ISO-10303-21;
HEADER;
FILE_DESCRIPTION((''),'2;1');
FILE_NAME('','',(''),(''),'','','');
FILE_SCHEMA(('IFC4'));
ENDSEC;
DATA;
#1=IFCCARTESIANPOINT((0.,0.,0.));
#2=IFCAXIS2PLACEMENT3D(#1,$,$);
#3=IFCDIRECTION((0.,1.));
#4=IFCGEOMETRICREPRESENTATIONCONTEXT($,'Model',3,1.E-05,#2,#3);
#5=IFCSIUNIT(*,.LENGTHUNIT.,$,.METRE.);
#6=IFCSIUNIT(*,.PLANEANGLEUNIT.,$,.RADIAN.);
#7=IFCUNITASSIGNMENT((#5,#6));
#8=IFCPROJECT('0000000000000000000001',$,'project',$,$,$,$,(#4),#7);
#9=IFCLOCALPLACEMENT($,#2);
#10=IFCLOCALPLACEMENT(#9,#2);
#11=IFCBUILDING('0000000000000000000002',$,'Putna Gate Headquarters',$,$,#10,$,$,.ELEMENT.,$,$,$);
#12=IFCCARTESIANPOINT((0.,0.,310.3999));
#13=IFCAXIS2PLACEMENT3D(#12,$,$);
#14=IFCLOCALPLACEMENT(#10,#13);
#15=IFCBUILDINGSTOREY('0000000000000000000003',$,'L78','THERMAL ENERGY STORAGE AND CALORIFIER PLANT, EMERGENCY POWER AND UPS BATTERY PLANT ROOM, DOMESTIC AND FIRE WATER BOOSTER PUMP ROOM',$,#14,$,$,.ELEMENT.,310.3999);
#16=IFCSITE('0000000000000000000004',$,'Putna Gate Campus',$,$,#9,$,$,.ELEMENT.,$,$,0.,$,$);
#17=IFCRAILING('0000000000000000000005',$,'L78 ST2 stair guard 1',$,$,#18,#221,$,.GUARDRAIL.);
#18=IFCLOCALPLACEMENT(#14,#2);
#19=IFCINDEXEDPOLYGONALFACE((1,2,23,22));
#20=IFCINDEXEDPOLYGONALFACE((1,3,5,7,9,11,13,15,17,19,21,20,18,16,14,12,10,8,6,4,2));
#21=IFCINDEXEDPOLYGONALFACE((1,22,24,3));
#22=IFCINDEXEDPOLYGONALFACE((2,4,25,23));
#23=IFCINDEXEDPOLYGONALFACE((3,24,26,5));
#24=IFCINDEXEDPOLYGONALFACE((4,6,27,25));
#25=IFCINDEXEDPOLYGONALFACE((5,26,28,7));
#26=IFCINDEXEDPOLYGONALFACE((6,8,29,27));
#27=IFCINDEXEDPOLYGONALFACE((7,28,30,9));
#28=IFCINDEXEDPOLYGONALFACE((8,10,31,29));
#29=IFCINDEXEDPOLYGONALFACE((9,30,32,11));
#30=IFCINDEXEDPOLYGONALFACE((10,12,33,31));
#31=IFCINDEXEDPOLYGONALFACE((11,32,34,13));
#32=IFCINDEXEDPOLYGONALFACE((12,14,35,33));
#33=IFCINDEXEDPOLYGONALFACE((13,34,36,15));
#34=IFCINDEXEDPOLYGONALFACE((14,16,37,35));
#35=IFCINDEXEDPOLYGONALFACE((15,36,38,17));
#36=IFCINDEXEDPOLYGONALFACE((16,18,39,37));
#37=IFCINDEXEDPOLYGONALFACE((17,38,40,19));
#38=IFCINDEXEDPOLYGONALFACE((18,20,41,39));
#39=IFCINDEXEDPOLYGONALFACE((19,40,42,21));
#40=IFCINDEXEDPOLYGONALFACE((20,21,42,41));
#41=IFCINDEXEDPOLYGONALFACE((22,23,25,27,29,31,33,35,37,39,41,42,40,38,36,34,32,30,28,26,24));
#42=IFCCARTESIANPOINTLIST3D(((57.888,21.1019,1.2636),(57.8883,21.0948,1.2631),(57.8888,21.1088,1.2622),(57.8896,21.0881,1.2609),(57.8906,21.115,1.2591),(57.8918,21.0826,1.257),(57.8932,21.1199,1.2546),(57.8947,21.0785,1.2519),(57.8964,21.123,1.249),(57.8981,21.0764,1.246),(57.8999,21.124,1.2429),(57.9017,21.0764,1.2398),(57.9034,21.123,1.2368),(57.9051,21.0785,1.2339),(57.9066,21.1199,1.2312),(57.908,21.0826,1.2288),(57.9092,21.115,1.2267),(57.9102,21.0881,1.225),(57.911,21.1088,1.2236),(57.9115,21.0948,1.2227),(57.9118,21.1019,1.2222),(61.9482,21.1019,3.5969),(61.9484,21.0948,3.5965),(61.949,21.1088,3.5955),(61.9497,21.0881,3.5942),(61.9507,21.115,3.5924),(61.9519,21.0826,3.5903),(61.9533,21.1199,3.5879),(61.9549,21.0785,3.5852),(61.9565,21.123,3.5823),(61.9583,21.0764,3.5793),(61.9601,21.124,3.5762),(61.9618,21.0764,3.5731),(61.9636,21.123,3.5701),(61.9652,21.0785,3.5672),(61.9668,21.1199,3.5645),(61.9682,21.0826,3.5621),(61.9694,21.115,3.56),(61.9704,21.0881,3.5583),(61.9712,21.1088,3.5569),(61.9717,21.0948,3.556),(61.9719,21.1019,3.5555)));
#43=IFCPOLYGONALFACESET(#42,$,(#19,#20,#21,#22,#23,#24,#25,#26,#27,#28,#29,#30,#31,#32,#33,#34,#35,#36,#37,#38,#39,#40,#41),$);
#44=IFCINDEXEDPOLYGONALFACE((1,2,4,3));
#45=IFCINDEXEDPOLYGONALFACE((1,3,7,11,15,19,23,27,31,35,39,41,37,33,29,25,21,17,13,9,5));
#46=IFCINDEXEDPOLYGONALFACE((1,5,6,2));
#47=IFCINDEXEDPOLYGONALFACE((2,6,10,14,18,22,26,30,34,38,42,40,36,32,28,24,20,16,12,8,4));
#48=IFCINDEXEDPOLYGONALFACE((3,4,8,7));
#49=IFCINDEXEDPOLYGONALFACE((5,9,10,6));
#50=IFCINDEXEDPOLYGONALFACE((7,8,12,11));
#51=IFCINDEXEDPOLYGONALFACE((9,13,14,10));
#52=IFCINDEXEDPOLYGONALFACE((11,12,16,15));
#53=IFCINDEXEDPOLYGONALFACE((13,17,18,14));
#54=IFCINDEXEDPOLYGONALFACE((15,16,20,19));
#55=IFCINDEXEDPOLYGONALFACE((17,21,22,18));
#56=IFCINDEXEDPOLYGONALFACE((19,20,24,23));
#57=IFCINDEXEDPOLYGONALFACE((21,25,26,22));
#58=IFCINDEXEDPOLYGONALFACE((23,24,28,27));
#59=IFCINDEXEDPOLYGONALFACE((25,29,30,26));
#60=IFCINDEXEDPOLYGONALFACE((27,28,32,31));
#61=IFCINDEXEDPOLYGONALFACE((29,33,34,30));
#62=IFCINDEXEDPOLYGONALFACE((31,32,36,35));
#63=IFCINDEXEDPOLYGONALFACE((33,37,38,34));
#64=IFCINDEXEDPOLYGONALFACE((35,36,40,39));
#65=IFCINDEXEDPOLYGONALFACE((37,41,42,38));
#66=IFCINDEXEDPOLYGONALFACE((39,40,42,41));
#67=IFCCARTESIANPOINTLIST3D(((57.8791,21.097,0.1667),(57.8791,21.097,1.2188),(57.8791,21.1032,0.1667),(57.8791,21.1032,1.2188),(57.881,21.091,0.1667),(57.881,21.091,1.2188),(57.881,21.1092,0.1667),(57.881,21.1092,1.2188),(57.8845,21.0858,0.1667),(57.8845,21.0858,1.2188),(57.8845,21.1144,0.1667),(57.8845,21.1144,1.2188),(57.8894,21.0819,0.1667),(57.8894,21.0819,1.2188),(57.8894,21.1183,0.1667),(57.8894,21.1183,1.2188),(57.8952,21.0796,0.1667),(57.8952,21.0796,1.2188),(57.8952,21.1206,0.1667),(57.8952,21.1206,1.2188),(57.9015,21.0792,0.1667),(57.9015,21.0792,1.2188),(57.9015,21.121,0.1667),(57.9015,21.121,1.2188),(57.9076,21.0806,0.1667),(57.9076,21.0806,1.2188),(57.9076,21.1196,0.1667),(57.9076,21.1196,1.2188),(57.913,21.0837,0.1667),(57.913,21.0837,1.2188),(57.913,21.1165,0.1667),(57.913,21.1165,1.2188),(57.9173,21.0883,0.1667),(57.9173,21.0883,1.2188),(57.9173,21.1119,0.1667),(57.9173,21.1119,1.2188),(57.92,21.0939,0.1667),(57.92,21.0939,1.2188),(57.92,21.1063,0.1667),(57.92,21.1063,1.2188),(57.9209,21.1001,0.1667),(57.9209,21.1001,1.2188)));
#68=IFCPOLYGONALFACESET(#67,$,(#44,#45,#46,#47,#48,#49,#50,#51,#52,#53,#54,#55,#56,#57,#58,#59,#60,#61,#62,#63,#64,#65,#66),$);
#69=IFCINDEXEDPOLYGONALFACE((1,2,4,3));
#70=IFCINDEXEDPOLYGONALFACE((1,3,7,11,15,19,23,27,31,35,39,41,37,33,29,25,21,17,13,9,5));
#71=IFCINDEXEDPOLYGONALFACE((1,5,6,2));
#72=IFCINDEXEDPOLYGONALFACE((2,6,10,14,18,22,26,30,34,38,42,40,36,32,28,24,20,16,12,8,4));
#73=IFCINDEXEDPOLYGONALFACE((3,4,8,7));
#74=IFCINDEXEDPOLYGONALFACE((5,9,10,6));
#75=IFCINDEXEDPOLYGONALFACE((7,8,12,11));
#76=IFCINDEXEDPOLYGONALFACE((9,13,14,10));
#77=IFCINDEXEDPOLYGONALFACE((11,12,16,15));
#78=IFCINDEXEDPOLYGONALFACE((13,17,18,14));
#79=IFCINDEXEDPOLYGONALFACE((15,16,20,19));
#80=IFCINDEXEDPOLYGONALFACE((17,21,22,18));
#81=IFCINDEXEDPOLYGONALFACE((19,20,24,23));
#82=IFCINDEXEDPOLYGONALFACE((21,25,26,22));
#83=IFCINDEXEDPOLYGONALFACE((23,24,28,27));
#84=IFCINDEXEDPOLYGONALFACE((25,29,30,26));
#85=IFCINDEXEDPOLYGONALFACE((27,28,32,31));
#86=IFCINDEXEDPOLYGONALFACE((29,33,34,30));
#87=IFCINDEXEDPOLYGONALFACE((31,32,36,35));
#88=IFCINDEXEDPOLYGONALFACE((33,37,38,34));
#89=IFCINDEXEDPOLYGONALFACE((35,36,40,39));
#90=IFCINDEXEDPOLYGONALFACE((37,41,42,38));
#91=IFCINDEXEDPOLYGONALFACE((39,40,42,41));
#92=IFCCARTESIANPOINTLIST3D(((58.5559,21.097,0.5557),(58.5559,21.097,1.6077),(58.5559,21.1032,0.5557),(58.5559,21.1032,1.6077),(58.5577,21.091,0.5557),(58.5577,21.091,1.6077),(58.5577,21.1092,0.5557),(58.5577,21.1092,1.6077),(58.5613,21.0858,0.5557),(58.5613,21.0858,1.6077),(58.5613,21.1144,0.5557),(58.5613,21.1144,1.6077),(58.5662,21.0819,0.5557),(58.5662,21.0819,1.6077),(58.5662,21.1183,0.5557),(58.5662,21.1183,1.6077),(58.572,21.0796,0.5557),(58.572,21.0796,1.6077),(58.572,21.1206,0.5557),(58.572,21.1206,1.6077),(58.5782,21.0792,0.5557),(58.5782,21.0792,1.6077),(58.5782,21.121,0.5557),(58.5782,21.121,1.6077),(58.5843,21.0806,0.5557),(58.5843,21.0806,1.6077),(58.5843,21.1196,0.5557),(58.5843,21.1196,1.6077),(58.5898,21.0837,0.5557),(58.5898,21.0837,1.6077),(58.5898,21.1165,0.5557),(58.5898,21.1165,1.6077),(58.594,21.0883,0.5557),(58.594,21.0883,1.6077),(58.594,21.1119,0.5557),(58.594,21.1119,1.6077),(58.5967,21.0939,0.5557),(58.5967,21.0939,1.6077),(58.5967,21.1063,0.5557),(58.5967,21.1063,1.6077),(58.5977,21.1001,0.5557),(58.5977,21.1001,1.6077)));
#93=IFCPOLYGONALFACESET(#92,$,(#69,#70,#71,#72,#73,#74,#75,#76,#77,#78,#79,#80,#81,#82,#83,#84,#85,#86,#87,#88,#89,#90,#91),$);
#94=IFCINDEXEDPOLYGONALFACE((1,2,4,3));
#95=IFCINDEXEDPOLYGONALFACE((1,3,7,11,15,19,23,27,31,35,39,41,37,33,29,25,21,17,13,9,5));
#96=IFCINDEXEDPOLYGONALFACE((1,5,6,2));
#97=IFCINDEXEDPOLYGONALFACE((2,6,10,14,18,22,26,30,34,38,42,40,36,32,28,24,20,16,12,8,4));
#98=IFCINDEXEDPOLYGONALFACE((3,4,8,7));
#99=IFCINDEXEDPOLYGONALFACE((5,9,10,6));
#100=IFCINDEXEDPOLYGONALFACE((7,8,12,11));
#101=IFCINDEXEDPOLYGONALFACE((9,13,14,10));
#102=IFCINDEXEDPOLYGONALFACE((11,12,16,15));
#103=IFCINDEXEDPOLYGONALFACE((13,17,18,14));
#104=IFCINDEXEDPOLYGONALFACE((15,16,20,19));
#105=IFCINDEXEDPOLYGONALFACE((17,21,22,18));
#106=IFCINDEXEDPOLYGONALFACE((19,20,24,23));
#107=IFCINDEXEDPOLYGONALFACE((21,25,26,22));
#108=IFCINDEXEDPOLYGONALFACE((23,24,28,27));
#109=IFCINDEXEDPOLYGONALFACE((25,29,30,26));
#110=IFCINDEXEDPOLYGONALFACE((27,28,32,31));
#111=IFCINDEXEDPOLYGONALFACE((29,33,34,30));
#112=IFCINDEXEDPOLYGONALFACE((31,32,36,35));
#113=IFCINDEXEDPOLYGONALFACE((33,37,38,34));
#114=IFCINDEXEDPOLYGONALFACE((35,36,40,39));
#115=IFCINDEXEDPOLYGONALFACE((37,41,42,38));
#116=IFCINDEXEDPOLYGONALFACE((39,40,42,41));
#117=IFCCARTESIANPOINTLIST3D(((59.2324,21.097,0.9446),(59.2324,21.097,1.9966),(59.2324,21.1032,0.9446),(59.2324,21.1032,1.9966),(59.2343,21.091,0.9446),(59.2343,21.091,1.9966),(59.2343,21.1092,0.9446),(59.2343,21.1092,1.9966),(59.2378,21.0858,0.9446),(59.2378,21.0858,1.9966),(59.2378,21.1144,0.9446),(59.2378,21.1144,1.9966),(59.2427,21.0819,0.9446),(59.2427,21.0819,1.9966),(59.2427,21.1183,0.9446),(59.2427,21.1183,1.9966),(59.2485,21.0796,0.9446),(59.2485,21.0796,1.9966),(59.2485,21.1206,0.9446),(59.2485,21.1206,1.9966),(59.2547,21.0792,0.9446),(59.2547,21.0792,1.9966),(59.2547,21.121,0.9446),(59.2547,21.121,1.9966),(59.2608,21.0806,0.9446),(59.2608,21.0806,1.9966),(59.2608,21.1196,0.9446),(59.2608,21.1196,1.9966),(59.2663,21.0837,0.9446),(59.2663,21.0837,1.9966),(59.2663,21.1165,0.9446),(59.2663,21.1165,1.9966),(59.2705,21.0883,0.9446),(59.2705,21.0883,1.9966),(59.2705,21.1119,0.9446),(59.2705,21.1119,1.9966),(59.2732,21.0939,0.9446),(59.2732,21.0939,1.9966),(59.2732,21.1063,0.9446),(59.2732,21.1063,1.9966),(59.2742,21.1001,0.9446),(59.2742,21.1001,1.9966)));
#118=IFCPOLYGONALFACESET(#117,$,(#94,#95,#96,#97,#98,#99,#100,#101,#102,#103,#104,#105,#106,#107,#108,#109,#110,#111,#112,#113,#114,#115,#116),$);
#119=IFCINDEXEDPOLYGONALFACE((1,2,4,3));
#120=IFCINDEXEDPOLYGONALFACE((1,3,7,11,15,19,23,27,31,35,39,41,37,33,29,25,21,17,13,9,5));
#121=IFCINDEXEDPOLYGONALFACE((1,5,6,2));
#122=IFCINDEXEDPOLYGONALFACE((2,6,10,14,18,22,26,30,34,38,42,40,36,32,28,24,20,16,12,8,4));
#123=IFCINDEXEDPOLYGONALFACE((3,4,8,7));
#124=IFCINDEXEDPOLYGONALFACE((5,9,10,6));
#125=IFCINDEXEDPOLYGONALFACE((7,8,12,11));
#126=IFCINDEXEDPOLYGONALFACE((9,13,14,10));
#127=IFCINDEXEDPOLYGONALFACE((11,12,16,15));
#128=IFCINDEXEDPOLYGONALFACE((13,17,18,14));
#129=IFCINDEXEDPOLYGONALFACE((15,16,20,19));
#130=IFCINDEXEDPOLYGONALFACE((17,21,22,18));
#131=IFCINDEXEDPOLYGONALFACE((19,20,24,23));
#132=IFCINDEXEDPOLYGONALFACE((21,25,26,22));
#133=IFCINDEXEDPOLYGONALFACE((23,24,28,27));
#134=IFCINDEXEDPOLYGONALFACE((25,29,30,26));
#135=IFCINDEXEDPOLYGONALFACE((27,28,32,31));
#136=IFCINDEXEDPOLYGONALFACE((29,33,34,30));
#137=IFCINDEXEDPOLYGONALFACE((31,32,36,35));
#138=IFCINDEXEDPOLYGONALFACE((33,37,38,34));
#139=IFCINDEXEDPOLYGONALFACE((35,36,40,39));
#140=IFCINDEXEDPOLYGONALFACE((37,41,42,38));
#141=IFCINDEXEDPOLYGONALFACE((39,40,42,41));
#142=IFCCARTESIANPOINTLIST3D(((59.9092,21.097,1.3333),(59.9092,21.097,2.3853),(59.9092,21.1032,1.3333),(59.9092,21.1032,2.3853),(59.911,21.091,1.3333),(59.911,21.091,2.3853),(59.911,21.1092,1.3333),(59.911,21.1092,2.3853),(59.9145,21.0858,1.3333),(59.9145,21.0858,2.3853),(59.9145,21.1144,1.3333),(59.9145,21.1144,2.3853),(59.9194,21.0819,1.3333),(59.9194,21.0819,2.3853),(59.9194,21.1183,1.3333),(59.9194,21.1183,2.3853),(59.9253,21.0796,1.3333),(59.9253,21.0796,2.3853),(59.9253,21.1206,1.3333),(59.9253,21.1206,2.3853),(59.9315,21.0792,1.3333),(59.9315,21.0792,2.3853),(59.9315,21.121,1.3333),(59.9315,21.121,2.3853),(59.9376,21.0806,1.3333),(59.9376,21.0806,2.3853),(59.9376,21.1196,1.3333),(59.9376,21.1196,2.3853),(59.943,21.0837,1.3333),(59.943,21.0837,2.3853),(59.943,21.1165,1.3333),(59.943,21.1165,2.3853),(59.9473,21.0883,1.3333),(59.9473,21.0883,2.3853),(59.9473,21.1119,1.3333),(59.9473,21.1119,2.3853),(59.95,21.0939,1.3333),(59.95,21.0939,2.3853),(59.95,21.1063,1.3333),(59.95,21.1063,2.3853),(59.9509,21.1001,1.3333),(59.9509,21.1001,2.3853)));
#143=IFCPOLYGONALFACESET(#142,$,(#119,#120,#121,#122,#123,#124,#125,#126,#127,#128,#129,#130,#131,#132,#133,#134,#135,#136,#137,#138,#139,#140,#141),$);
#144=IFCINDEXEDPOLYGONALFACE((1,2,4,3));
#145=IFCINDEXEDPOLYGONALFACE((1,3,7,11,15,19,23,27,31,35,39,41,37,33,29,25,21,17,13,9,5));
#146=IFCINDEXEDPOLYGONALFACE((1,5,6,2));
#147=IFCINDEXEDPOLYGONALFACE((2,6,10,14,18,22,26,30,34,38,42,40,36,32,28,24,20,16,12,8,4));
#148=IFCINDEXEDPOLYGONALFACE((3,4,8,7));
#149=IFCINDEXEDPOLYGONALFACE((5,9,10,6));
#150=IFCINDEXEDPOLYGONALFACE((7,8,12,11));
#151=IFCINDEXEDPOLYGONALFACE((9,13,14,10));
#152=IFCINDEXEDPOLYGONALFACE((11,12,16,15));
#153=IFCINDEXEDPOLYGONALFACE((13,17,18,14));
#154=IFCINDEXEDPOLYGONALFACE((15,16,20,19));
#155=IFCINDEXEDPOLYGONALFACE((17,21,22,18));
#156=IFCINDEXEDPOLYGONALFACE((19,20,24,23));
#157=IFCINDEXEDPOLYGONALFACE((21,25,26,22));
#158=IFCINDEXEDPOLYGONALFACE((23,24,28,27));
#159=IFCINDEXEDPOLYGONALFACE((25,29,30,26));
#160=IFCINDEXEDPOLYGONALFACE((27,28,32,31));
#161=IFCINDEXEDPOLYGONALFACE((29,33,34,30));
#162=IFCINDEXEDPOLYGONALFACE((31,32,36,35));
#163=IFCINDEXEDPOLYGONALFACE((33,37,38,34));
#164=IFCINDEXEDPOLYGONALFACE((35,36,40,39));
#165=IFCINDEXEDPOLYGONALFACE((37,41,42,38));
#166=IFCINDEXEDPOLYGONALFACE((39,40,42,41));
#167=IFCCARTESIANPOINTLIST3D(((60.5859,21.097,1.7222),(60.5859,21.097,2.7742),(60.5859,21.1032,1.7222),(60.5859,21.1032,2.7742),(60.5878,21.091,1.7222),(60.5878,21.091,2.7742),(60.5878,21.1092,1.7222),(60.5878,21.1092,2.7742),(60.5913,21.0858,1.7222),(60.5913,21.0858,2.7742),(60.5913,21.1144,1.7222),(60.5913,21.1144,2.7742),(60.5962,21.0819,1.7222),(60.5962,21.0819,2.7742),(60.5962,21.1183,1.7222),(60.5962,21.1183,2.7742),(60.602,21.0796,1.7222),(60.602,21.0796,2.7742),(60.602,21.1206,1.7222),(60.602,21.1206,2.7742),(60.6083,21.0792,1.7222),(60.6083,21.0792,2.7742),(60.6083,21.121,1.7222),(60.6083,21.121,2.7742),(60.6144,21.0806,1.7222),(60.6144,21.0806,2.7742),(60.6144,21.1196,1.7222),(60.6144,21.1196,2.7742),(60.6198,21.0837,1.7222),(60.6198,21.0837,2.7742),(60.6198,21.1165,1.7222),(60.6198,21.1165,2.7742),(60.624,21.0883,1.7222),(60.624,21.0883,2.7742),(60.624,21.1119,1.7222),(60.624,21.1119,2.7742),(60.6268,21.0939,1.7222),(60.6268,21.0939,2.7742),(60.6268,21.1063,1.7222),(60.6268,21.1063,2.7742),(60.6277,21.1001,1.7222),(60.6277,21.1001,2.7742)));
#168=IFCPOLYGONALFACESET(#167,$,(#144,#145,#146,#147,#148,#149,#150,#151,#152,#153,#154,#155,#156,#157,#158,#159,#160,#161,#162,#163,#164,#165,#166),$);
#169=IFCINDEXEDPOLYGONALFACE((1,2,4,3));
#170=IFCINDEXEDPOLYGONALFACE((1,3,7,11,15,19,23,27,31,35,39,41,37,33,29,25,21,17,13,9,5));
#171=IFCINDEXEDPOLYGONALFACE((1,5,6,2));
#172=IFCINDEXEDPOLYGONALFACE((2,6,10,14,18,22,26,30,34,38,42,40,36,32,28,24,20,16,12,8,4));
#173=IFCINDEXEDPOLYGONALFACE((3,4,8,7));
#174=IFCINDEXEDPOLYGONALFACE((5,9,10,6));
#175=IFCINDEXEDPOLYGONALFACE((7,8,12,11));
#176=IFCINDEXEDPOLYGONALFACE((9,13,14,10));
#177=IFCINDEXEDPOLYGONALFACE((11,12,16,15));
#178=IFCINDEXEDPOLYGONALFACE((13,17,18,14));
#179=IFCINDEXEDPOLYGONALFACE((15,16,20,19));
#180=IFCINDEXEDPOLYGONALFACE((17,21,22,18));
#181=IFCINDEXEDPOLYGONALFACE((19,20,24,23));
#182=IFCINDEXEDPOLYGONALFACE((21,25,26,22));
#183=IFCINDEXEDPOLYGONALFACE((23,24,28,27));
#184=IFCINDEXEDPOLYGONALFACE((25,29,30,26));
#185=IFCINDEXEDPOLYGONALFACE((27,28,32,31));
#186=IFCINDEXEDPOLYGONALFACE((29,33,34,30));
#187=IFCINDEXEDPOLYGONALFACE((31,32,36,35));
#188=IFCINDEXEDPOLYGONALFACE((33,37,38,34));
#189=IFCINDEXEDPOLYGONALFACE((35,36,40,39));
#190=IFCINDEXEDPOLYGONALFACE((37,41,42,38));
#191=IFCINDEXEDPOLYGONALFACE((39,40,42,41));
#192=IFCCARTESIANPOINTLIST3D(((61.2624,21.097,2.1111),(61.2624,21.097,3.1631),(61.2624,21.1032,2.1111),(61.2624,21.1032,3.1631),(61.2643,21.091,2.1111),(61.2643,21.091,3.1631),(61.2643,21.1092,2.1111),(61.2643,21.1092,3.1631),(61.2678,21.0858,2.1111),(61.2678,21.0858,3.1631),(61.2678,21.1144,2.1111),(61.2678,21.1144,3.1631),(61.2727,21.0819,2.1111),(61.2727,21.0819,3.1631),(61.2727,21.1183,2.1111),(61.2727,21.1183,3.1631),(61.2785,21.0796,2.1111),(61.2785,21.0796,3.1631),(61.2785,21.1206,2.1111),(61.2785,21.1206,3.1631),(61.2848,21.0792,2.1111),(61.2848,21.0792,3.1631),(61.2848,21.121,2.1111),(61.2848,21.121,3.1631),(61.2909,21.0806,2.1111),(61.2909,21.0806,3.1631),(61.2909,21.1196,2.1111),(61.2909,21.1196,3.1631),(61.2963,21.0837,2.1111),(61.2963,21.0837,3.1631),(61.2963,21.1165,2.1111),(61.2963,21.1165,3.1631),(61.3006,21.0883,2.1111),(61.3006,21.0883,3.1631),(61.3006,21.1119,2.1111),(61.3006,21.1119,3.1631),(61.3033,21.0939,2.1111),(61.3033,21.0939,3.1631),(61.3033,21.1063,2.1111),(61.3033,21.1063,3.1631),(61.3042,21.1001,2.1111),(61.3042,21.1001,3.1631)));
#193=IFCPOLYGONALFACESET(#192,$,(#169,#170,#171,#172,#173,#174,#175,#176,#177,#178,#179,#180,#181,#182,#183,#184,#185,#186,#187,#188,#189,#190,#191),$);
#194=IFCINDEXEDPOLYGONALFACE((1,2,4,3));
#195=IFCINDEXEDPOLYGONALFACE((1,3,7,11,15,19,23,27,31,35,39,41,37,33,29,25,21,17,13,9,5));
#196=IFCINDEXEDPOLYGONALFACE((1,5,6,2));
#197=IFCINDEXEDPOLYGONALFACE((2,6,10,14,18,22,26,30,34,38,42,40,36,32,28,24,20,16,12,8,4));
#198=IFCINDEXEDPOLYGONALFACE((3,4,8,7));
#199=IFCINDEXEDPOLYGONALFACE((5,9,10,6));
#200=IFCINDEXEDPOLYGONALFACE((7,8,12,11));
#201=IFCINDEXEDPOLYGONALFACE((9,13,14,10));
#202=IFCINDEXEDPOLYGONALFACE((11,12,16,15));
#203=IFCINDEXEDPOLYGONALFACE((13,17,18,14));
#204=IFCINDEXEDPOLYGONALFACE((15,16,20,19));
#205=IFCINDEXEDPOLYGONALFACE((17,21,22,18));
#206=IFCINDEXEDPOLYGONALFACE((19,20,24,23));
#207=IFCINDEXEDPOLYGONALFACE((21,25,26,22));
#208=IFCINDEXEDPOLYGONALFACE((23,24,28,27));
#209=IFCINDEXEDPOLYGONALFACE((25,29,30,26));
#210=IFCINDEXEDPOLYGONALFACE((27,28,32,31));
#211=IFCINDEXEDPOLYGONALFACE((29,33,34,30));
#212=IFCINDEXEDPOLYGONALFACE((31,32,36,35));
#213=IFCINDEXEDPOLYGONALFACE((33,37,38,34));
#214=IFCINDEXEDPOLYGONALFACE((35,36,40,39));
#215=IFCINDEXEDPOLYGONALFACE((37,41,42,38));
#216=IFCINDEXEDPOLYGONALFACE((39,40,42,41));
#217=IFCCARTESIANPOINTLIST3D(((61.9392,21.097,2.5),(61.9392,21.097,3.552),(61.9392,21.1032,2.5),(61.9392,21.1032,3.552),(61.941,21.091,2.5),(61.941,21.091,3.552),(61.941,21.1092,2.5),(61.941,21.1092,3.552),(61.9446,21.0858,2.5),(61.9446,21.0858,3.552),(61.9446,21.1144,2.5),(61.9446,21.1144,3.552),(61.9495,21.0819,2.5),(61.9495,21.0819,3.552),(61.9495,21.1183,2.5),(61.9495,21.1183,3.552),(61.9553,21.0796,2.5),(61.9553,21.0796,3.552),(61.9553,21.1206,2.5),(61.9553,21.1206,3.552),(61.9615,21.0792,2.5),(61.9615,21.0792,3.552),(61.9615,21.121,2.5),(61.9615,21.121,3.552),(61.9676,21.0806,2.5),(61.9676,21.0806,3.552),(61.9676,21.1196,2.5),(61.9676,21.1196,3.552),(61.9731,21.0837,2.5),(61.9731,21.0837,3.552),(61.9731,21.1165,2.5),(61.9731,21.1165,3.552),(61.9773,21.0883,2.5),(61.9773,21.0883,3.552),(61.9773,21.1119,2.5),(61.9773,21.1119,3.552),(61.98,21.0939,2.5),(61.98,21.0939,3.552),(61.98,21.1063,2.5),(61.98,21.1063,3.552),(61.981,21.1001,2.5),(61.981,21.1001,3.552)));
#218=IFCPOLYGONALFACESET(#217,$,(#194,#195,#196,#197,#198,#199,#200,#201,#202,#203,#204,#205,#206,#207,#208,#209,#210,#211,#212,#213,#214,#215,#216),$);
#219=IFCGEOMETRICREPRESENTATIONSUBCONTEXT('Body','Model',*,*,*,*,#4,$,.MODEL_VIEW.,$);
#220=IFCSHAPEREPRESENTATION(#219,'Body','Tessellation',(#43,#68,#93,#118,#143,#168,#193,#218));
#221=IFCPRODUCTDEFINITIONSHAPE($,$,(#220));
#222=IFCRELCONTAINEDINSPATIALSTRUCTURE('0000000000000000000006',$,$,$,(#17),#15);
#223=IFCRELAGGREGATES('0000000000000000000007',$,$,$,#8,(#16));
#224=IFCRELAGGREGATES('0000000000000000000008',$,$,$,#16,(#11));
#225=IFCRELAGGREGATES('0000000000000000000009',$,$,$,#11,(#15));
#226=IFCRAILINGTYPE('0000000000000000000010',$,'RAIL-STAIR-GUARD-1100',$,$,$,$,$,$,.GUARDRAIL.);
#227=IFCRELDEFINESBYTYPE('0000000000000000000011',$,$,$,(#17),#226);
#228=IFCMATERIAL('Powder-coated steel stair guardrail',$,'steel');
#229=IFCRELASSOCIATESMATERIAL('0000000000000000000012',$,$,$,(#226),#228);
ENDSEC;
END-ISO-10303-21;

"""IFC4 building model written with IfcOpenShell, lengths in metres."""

from ifc_helpers import new_model, si_unit, direction, frame, origin, origin_2d, place, context, subcontext, project, spatial, circle, extrude, material, type_object, element, save


model = new_model("IFC4")

# Units and contexts
model_context = context("Model", 3, precision=1e-05, world=origin(), true_north=direction((0.0, 1.0)))
body_context = subcontext(model_context, "Body", "Model", "MODEL_VIEW")
ifc_project = project(units=[si_unit("LENGTHUNIT", "METRE"), si_unit("PLANEANGLEUNIT", "RADIAN")], contexts=[model_context])

# Site, building, storey
site_placement = place(None, origin())
site = spatial("IfcSite", under=ifc_project, at=site_placement, Name="Putna Gate Campus", CompositionType="ELEMENT", RefElevation=0.0)
building_placement = place(site_placement, origin())
building = spatial("IfcBuilding", under=site, at=building_placement, Name="Putna Gate Headquarters", CompositionType="ELEMENT")
storey_placement = place(building_placement, frame((0.0, 0.0, 310.3999)))
storey = spatial("IfcBuildingStorey", under=building, at=storey_placement, Name="L78", Description="THERMAL ENERGY STORAGE AND CALORIFIER PLANT, EMERGENCY POWER AND UPS BATTERY PLANT ROOM, DOMESTIC AND FIRE WATER BOOSTER PUMP ROOM", CompositionType="ELEMENT", Elevation=310.3999)

# Railing
ifc_material_1 = material(Name="Powder-coated steel stair guardrail", Category="steel")
railing_type = type_object("IfcRailingType", Name="RAIL-STAIR-GUARD-1100", PredefinedType="GUARDRAIL", material=ifc_material_1)
railing_1_placement = place(storey_placement, frame((57.8999, 21.1001, 0.1667)))
element("IfcRailing", 1, at=railing_1_placement, inside=storey, type_object=railing_type, Name="L78 ST2 stair guard 1", PredefinedType="GUARDRAIL", context=body_context, shape_type="SweptSolid", body=[
    extrude(circle(Radius=0.0239, at=origin_2d()), frame((0.0, 0.0, 1.0762), z_axis=(0.867025, 0.0, 0.498265), x_axis=(0.0, 1.0, 0.0)), (0.0, 0.0, 1.0), 4.6829),
    extrude(circle(Radius=0.021, at=origin_2d()), origin(), (0.0, 0.0, 1.0), 1.052),
    extrude(circle(Radius=0.021, at=origin_2d()), frame((0.6768, 0.0, 0.3889)), (0.0, 0.0, 1.0), 1.052),
    extrude(circle(Radius=0.021, at=origin_2d()), frame((1.3533, 0.0, 0.7778)), (0.0, 0.0, 1.0), 1.052),
    extrude(circle(Radius=0.021, at=origin_2d()), frame((2.03, 0.0, 1.1665)), (0.0, 0.0, 1.0), 1.052),
    extrude(circle(Radius=0.021, at=origin_2d()), frame((2.7068, 0.0, 1.5554)), (0.0, 0.0, 1.0), 1.052),
    extrude(circle(Radius=0.021, at=origin_2d()), frame((3.3833, 0.0, 1.9443)), (0.0, 0.0, 1.0), 1.052),
    extrude(circle(Radius=0.021, at=origin_2d()), frame((4.0601, 0.0, 2.3333)), (0.0, 0.0, 1.0), 1.052),
])

save(model, "model.ifc")
